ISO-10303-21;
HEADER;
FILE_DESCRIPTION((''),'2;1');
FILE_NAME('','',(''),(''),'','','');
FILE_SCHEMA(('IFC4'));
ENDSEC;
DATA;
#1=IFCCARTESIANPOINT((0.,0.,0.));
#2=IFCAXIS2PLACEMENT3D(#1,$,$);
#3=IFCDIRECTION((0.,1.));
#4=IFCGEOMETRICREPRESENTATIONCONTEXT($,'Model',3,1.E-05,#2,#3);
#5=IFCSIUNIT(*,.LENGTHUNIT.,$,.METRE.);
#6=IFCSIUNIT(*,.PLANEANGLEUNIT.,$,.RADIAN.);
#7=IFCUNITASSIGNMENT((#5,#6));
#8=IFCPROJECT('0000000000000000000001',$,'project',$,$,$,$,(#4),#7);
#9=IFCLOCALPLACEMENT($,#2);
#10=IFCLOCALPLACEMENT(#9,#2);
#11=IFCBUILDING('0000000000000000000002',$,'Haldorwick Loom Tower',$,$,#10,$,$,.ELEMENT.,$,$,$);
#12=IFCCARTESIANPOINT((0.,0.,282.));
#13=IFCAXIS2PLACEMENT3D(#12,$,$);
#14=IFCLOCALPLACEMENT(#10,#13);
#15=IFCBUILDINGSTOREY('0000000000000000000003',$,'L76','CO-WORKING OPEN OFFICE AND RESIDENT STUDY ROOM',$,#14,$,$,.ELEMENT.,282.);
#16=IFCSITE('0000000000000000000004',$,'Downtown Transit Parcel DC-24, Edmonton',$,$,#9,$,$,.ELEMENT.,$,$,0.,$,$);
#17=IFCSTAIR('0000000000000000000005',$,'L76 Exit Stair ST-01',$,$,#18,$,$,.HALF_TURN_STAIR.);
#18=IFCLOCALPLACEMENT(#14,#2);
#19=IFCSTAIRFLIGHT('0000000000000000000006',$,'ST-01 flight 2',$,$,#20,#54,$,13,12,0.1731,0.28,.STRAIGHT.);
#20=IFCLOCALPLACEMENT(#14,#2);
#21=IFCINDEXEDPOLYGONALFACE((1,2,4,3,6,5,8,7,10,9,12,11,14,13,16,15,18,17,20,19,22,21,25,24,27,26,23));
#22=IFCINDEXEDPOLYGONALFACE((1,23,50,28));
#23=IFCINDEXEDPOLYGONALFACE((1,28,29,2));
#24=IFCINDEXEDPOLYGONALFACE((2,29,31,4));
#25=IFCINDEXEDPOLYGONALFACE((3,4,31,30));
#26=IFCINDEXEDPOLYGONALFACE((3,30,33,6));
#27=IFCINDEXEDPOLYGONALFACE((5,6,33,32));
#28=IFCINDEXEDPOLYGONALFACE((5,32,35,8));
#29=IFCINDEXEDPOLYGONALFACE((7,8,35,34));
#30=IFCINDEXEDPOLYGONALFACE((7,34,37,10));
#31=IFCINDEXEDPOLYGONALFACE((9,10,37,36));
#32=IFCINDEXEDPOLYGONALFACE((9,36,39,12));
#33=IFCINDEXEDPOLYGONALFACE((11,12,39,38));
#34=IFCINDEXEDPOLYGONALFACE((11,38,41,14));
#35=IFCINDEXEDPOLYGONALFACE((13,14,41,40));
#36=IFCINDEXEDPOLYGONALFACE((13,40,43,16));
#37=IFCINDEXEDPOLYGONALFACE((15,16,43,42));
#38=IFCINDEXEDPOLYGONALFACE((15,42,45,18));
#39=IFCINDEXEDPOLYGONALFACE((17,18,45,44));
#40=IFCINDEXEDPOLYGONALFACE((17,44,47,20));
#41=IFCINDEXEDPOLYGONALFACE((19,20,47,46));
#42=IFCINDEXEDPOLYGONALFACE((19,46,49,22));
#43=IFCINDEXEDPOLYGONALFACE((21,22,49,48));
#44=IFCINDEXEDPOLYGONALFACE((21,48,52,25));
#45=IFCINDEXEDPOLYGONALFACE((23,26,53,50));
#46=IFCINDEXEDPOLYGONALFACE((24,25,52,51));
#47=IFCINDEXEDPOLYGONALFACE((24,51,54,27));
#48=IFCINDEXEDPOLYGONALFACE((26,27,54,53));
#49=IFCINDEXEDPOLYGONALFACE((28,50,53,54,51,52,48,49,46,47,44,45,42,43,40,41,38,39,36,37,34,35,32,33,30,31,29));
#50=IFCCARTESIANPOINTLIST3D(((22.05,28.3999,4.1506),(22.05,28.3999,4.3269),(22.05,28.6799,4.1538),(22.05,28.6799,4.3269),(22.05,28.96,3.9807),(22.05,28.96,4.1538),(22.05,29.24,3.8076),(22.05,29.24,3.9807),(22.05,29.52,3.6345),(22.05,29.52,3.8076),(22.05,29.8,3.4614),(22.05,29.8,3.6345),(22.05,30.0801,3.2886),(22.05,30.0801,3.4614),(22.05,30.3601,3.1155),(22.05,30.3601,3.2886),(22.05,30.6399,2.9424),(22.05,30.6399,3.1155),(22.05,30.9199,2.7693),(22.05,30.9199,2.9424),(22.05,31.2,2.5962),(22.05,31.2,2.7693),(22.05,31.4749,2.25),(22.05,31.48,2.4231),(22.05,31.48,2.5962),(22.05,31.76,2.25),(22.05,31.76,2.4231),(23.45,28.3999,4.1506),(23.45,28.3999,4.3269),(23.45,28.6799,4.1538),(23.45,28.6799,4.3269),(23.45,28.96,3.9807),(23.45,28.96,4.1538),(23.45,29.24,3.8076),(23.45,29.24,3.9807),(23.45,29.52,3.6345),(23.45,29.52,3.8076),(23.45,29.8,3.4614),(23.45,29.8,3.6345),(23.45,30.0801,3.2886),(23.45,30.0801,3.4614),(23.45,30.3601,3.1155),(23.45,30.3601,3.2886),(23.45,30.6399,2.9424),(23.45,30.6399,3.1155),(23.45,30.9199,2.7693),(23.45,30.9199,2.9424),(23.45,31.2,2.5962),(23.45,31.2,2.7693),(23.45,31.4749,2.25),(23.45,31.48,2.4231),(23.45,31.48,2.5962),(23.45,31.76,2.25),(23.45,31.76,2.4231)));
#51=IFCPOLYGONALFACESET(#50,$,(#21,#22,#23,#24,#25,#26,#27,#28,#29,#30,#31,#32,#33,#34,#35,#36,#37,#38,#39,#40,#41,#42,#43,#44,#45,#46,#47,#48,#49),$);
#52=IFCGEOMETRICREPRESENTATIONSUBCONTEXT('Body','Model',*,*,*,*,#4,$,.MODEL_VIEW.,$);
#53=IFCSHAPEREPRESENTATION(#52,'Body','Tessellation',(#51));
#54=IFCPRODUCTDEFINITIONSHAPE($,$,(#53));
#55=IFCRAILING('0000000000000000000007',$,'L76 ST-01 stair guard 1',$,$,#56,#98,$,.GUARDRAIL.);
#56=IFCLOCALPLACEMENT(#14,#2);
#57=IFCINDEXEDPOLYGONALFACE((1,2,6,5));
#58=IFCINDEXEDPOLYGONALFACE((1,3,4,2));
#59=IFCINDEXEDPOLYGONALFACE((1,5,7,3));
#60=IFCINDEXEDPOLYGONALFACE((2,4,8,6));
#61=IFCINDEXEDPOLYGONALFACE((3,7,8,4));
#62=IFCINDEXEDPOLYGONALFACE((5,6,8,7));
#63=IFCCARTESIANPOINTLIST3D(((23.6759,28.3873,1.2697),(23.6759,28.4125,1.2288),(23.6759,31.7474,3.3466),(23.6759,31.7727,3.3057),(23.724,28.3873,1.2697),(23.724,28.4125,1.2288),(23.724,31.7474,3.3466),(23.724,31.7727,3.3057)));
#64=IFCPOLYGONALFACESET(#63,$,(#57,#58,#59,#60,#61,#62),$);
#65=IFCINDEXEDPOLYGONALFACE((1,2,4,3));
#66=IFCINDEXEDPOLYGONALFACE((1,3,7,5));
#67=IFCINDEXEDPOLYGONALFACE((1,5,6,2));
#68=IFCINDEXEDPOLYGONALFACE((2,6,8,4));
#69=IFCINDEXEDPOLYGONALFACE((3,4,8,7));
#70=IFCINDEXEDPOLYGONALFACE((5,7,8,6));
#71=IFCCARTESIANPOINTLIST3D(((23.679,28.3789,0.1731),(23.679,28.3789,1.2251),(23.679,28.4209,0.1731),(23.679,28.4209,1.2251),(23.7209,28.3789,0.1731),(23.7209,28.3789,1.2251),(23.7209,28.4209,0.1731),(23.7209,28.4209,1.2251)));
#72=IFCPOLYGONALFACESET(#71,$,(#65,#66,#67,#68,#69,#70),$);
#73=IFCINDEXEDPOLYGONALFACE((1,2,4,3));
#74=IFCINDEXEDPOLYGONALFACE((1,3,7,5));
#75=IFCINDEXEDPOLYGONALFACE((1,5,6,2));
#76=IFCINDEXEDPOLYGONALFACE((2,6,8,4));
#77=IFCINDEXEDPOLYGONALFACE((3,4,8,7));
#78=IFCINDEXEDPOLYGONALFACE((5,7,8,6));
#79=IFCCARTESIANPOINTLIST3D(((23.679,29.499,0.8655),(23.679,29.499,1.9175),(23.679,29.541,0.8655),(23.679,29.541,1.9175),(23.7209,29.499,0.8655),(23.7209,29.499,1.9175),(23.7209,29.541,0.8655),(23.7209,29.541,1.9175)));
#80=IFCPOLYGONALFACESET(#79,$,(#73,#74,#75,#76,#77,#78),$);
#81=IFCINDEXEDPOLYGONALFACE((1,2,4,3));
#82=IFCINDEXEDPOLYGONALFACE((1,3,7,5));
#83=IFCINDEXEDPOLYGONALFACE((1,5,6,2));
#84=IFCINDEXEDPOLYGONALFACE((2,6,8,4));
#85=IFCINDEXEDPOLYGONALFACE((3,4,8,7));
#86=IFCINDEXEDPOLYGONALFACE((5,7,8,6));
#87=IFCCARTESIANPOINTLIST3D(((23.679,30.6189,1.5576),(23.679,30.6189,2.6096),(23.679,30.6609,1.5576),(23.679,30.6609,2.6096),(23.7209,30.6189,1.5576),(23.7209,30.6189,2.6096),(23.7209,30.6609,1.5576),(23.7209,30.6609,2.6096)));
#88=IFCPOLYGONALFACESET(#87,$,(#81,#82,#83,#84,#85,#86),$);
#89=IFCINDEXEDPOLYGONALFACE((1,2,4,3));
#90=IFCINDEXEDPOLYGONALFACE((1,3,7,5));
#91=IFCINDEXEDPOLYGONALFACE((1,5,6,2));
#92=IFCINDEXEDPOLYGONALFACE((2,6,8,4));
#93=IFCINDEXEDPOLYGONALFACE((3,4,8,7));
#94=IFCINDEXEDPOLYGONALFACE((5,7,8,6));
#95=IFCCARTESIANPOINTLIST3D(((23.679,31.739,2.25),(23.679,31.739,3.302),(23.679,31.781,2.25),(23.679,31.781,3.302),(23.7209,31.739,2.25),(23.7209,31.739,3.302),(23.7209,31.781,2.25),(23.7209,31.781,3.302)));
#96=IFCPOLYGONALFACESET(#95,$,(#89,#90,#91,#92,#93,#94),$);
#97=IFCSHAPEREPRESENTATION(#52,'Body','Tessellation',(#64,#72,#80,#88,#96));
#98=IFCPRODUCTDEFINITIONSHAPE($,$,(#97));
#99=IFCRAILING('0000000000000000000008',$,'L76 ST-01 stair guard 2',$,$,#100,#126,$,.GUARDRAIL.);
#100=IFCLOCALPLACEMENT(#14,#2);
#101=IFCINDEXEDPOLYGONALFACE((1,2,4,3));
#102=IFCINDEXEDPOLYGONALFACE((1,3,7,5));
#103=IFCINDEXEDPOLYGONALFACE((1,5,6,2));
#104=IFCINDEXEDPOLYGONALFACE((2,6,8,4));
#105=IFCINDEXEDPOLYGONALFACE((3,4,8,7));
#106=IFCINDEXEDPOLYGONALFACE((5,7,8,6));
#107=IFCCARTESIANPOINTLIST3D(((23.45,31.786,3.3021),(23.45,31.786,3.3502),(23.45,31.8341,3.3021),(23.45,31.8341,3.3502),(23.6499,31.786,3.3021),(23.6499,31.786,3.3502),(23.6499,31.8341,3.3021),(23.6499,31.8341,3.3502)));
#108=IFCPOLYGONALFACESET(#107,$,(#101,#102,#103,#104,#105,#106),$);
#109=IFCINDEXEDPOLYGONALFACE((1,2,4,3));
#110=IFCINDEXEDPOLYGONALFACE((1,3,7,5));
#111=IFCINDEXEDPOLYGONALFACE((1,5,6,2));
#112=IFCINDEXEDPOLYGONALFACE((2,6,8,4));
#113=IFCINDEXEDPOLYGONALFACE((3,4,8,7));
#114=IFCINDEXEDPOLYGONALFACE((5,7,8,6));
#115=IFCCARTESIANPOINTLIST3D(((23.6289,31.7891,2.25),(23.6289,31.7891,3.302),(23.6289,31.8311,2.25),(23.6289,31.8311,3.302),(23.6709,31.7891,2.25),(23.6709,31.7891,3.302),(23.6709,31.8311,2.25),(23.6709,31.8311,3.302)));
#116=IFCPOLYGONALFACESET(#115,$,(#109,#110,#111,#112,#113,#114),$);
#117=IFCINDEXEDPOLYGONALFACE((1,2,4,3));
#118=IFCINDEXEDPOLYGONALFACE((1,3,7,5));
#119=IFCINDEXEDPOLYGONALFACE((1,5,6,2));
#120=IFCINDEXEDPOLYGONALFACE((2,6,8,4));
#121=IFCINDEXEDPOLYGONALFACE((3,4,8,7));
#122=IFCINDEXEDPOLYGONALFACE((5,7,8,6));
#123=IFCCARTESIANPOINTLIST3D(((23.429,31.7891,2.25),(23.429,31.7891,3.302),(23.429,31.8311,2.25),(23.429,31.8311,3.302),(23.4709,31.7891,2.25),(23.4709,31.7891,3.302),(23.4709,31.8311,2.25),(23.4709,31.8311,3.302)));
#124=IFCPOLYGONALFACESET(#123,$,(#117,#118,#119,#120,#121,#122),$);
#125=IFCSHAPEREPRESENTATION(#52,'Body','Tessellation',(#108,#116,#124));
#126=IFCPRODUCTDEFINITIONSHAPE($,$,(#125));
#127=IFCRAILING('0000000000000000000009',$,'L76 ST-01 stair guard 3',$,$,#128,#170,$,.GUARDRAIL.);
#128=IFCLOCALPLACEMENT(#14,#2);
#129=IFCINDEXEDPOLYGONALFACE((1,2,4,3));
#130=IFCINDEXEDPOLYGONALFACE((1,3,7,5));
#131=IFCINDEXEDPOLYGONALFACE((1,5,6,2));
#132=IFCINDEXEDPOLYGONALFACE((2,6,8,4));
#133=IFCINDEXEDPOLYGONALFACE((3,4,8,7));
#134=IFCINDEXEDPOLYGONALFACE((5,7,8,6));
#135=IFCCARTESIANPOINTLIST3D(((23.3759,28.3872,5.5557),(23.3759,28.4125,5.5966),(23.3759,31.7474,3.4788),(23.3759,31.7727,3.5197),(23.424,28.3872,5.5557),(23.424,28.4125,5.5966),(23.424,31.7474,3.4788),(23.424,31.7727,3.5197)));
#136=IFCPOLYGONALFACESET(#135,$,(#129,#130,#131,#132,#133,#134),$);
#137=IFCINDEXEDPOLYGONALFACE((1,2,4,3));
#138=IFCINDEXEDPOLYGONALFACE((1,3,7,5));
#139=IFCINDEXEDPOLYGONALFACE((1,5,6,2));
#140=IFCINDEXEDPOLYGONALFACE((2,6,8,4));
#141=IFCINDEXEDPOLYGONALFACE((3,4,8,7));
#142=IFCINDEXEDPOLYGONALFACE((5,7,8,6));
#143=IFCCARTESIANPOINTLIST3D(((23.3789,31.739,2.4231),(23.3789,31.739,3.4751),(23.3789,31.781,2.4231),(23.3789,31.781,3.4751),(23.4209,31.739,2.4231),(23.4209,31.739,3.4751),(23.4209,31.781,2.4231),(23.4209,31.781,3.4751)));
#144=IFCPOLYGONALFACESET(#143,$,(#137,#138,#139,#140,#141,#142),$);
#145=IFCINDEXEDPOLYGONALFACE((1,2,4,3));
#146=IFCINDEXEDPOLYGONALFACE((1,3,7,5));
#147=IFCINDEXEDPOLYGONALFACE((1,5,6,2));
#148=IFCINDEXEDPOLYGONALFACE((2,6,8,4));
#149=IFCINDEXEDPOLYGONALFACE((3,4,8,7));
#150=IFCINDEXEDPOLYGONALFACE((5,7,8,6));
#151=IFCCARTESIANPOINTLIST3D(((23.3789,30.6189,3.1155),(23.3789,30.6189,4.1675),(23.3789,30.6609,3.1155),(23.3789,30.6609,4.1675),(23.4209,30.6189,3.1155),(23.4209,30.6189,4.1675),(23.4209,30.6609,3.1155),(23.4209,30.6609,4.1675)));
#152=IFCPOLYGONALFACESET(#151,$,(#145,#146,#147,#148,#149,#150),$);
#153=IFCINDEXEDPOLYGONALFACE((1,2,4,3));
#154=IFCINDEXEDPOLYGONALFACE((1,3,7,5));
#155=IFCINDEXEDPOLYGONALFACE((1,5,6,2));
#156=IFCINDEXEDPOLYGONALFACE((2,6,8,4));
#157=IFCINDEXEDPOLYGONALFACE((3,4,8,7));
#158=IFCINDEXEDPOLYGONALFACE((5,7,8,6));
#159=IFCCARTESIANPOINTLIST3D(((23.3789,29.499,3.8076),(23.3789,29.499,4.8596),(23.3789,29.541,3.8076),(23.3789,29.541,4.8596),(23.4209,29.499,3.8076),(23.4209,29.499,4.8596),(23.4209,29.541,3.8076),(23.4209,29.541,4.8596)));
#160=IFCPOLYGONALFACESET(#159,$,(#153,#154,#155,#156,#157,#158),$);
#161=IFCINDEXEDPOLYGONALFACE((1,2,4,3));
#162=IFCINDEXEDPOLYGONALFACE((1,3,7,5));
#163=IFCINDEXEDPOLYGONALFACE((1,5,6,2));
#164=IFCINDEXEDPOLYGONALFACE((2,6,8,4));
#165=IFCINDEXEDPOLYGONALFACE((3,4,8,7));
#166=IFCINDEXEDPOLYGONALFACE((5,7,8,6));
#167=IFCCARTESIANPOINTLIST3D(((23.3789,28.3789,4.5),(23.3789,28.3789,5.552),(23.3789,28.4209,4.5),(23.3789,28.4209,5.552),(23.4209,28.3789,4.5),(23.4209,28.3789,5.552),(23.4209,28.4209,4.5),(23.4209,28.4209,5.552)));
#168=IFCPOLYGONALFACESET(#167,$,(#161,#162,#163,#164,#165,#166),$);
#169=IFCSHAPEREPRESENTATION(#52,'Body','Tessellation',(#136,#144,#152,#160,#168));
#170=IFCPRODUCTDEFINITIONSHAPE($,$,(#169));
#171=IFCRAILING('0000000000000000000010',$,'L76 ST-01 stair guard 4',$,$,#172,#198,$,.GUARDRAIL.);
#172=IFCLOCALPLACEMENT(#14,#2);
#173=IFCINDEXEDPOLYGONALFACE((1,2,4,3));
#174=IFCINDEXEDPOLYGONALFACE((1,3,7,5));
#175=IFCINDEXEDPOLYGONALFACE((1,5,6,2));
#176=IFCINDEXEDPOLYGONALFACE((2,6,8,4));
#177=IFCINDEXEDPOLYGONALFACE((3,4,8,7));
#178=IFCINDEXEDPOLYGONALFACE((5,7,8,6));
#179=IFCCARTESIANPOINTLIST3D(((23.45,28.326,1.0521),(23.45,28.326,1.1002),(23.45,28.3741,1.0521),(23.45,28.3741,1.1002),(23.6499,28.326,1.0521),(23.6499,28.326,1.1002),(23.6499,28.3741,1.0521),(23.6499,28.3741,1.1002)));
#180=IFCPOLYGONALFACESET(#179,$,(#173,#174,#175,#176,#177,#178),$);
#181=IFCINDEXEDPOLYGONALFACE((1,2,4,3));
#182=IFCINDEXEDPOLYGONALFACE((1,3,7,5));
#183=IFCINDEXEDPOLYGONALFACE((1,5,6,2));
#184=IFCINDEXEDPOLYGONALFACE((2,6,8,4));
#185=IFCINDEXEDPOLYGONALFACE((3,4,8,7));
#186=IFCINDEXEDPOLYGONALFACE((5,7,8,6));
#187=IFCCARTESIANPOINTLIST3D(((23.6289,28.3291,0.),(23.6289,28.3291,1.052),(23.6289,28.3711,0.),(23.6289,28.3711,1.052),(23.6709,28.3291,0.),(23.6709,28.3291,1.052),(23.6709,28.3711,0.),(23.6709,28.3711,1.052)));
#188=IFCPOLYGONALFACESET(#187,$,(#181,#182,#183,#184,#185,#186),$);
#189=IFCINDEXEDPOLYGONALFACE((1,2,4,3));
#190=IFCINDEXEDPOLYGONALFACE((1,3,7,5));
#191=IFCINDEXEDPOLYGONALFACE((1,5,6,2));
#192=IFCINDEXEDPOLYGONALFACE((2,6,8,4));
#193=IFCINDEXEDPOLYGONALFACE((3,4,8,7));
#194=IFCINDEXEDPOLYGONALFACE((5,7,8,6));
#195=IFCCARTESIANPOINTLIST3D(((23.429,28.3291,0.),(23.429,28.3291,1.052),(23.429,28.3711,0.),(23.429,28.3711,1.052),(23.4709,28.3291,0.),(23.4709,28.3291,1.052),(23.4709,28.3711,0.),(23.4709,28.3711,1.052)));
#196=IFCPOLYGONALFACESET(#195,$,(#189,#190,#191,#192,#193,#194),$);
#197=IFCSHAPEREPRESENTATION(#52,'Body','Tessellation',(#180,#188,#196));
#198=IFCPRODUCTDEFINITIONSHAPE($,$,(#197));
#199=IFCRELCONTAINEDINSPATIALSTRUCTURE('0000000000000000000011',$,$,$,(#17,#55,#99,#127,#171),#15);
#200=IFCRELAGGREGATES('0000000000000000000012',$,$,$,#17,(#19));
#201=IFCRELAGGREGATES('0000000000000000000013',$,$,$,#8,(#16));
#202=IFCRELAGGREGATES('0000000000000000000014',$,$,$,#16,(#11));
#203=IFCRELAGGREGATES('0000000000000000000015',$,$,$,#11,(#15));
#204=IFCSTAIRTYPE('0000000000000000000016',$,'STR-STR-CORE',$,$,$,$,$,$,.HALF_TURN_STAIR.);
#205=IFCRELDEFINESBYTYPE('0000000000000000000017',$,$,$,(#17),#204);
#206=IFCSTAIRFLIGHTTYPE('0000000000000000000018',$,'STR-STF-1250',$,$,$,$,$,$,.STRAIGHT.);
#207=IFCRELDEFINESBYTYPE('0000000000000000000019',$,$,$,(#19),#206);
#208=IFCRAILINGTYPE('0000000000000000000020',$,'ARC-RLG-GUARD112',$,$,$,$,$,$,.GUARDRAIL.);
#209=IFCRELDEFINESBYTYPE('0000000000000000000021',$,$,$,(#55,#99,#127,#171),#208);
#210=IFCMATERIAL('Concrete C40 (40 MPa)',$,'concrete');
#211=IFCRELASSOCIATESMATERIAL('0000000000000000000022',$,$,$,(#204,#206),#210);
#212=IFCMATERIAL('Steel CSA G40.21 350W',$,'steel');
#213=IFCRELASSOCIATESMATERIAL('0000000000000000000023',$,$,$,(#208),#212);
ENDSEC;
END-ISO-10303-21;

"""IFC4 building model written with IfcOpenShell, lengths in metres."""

from ifc_helpers import new_model, si_unit, direction, frame, origin, origin_2d, place, context, subcontext, project, spatial, polyline, rectangle, outline, extrude, material, type_object, element, aggregate, save


model = new_model("IFC4")

# Units and contexts
model_context = context("Model", 3, precision=1e-05, world=origin(), true_north=direction((0.0, 1.0)))
body_context = subcontext(model_context, "Body", "Model", "MODEL_VIEW")
ifc_project = project(units=[si_unit("LENGTHUNIT", "METRE"), si_unit("PLANEANGLEUNIT", "RADIAN")], contexts=[model_context])

# Site, building, storey
site_placement = place(None, origin())
site = spatial("IfcSite", under=ifc_project, at=site_placement, Name="Downtown Transit Parcel DC-24, Edmonton", CompositionType="ELEMENT", RefElevation=0.0)
building_placement = place(site_placement, origin())
building = spatial("IfcBuilding", under=site, at=building_placement, Name="Haldorwick Loom Tower", CompositionType="ELEMENT")
storey_placement = place(building_placement, frame((0.0, 0.0, 282.0)))
storey = spatial("IfcBuildingStorey", under=building, at=storey_placement, Name="L76", Description="CO-WORKING OPEN OFFICE AND RESIDENT STUDY ROOM", CompositionType="ELEMENT", Elevation=282.0)

# Shared definitions
ifc_material_1 = material(Name="Steel CSA G40.21 350W", Category="steel")

# Stair, stair flight
ifc_material_2 = material(Name="Concrete C40 (40 MPa)", Category="concrete")
stair_type = type_object("IfcStairType", Name="STR-STR-CORE", PredefinedType="HALF_TURN_STAIR", material=ifc_material_2)
stair_placement = place(storey_placement, origin())
stair = element("IfcStair", 1, at=stair_placement, inside=storey, type_object=stair_type, Name="L76 Exit Stair ST-01", PredefinedType="HALF_TURN_STAIR")
stair_flight_type = type_object("IfcStairFlightType", Name="STR-STF-1250", PredefinedType="STRAIGHT", material=ifc_material_2)
stair_flight_1_placement = place(storey_placement, frame((22.75, 31.76, 2.25), z_axis=(0.0, 0.0, 1.0), x_axis=(0.0, -1.0, 0.0)))
stair_flight_1 = element("IfcStairFlight", 2, at=stair_flight_1_placement, type_object=stair_flight_type, Name="ST-01 flight 2", NumberOfRisers=13, NumberOfTreads=12, PredefinedType="STRAIGHT", RiserHeight=0.1731, TreadLength=0.28, context=body_context, shape_type="SweptSolid", body=[
    extrude(outline(polyline([(0.0, 0.0), (0.0, 0.1731), (0.28, 0.1731), (0.28, 0.3462), (0.5601, 0.3462), (0.5601, 0.5193), (0.8401, 0.5193), (0.8401, 0.6924), (1.1201, 0.6924), (1.1201, 0.8655), (1.3999, 0.8655), (1.3999, 1.0386), (1.6799, 1.0386), (1.6799, 1.2114), (1.96, 1.2114), (1.96, 1.3845), (2.24, 1.3845), (2.24, 1.5576), (2.52, 1.5576), (2.52, 1.7307), (2.8, 1.7307), (2.8, 1.9038), (3.0801, 1.9038), (3.0801, 2.0769), (3.3601, 2.0769), (3.3601, 2.25), (3.3601, 1.9006), (0.2852, 0.0), (0.0, 0.0)])), frame((0.0, 0.7, 0.0), z_axis=(0.0, -1.0, 0.0), x_axis=(1.0, 0.0, 0.0)), (0.0, 0.0, 1.0), 1.3999),
])
aggregate(stair, [stair_flight_1])

# Railings
railing_type_1 = type_object("IfcRailingType", Name="ARC-RLG-GUARD112", PredefinedType="GUARDRAIL", material=ifc_material_1)
railing_1_placement = place(storey_placement, frame((23.7, 28.3999, 0.1731)))
element("IfcRailing", 3, at=railing_1_placement, inside=storey, type_object=railing_type_1, Name="L76 ST-01 stair guard 1", PredefinedType="GUARDRAIL", context=body_context, shape_type="SweptSolid", body=[
    extrude(rectangle(XDim=0.0481, YDim=0.0481, at=origin_2d()), frame((0.0, 0.0, 1.0762), z_axis=(0.0, 0.850623, 0.525776), x_axis=(-1.0, 0.0, 0.0)), (0.0, 0.0, 1.0), 3.9502),
    extrude(rectangle(XDim=0.042, YDim=0.042, at=origin_2d()), origin(), (0.0, 0.0, 1.0), 1.052),
    extrude(rectangle(XDim=0.042, YDim=0.042, at=origin_2d()), frame((0.0, 1.1201, 0.6924)), (0.0, 0.0, 1.0), 1.052),
    extrude(rectangle(XDim=0.042, YDim=0.042, at=origin_2d()), frame((0.0, 2.24, 1.3845)), (0.0, 0.0, 1.0), 1.052),
    extrude(rectangle(XDim=0.042, YDim=0.042, at=origin_2d()), frame((0.0, 3.3601, 2.0769)), (0.0, 0.0, 1.0), 1.052),
])
railing_2_placement = place(storey_placement, frame((23.6499, 31.8101, 2.25)))
element("IfcRailing", 4, at=railing_2_placement, inside=storey, type_object=railing_type_1, Name="L76 ST-01 stair guard 2", PredefinedType="GUARDRAIL", context=body_context, shape_type="SweptSolid", body=[
    extrude(rectangle(XDim=0.0481, YDim=0.0481, at=origin_2d()), frame((0.0, 0.0, 1.0762), z_axis=(-1.0, 0.0, 0.0), x_axis=(0.0, -1.0, 0.0)), (0.0, 0.0, 1.0), 0.2),
    extrude(rectangle(XDim=0.042, YDim=0.042, at=origin_2d()), origin(), (0.0, 0.0, 1.0), 1.052),
    extrude(rectangle(XDim=0.042, YDim=0.042, at=origin_2d()), frame((-0.2, 0.0, 0.0)), (0.0, 0.0, 1.0), 1.052),
])
railing_3_placement = place(storey_placement, frame((23.3999, 31.76, 2.4231)))
element("IfcRailing", 5, at=railing_3_placement, inside=storey, type_object=railing_type_1, Name="L76 ST-01 stair guard 3", PredefinedType="GUARDRAIL", context=body_context, shape_type="SweptSolid", body=[
    extrude(rectangle(XDim=0.0481, YDim=0.0481, at=origin_2d()), frame((0.0, 0.0, 1.0762), z_axis=(0.0, -0.850623, 0.525776), x_axis=(1.0, 0.0, 0.0)), (0.0, 0.0, 1.0), 3.9502),
    extrude(rectangle(XDim=0.042, YDim=0.042, at=origin_2d()), origin(), (0.0, 0.0, 1.0), 1.052),
    extrude(rectangle(XDim=0.042, YDim=0.042, at=origin_2d()), frame((0.0, -1.1201, 0.6924)), (0.0, 0.0, 1.0), 1.052),
    extrude(rectangle(XDim=0.042, YDim=0.042, at=origin_2d()), frame((0.0, -2.24, 1.3845)), (0.0, 0.0, 1.0), 1.052),
    extrude(rectangle(XDim=0.042, YDim=0.042, at=origin_2d()), frame((0.0, -3.3601, 2.0769)), (0.0, 0.0, 1.0), 1.052),
])
railing_4_placement = place(storey_placement, frame((23.6499, 28.3501, 0.0)))
element("IfcRailing", 6, at=railing_4_placement, inside=storey, type_object=railing_type_1, Name="L76 ST-01 stair guard 4", PredefinedType="GUARDRAIL", context=body_context, shape_type="SweptSolid", body=[
    extrude(rectangle(XDim=0.0481, YDim=0.0481, at=origin_2d()), frame((0.0, 0.0, 1.0762), z_axis=(-1.0, 0.0, 0.0), x_axis=(0.0, -1.0, 0.0)), (0.0, 0.0, 1.0), 0.2),
    extrude(rectangle(XDim=0.042, YDim=0.042, at=origin_2d()), origin(), (0.0, 0.0, 1.0), 1.052),
    extrude(rectangle(XDim=0.042, YDim=0.042, at=origin_2d()), frame((-0.2, 0.0, 0.0)), (0.0, 0.0, 1.0), 1.052),
])

save(model, "model.ifc")
